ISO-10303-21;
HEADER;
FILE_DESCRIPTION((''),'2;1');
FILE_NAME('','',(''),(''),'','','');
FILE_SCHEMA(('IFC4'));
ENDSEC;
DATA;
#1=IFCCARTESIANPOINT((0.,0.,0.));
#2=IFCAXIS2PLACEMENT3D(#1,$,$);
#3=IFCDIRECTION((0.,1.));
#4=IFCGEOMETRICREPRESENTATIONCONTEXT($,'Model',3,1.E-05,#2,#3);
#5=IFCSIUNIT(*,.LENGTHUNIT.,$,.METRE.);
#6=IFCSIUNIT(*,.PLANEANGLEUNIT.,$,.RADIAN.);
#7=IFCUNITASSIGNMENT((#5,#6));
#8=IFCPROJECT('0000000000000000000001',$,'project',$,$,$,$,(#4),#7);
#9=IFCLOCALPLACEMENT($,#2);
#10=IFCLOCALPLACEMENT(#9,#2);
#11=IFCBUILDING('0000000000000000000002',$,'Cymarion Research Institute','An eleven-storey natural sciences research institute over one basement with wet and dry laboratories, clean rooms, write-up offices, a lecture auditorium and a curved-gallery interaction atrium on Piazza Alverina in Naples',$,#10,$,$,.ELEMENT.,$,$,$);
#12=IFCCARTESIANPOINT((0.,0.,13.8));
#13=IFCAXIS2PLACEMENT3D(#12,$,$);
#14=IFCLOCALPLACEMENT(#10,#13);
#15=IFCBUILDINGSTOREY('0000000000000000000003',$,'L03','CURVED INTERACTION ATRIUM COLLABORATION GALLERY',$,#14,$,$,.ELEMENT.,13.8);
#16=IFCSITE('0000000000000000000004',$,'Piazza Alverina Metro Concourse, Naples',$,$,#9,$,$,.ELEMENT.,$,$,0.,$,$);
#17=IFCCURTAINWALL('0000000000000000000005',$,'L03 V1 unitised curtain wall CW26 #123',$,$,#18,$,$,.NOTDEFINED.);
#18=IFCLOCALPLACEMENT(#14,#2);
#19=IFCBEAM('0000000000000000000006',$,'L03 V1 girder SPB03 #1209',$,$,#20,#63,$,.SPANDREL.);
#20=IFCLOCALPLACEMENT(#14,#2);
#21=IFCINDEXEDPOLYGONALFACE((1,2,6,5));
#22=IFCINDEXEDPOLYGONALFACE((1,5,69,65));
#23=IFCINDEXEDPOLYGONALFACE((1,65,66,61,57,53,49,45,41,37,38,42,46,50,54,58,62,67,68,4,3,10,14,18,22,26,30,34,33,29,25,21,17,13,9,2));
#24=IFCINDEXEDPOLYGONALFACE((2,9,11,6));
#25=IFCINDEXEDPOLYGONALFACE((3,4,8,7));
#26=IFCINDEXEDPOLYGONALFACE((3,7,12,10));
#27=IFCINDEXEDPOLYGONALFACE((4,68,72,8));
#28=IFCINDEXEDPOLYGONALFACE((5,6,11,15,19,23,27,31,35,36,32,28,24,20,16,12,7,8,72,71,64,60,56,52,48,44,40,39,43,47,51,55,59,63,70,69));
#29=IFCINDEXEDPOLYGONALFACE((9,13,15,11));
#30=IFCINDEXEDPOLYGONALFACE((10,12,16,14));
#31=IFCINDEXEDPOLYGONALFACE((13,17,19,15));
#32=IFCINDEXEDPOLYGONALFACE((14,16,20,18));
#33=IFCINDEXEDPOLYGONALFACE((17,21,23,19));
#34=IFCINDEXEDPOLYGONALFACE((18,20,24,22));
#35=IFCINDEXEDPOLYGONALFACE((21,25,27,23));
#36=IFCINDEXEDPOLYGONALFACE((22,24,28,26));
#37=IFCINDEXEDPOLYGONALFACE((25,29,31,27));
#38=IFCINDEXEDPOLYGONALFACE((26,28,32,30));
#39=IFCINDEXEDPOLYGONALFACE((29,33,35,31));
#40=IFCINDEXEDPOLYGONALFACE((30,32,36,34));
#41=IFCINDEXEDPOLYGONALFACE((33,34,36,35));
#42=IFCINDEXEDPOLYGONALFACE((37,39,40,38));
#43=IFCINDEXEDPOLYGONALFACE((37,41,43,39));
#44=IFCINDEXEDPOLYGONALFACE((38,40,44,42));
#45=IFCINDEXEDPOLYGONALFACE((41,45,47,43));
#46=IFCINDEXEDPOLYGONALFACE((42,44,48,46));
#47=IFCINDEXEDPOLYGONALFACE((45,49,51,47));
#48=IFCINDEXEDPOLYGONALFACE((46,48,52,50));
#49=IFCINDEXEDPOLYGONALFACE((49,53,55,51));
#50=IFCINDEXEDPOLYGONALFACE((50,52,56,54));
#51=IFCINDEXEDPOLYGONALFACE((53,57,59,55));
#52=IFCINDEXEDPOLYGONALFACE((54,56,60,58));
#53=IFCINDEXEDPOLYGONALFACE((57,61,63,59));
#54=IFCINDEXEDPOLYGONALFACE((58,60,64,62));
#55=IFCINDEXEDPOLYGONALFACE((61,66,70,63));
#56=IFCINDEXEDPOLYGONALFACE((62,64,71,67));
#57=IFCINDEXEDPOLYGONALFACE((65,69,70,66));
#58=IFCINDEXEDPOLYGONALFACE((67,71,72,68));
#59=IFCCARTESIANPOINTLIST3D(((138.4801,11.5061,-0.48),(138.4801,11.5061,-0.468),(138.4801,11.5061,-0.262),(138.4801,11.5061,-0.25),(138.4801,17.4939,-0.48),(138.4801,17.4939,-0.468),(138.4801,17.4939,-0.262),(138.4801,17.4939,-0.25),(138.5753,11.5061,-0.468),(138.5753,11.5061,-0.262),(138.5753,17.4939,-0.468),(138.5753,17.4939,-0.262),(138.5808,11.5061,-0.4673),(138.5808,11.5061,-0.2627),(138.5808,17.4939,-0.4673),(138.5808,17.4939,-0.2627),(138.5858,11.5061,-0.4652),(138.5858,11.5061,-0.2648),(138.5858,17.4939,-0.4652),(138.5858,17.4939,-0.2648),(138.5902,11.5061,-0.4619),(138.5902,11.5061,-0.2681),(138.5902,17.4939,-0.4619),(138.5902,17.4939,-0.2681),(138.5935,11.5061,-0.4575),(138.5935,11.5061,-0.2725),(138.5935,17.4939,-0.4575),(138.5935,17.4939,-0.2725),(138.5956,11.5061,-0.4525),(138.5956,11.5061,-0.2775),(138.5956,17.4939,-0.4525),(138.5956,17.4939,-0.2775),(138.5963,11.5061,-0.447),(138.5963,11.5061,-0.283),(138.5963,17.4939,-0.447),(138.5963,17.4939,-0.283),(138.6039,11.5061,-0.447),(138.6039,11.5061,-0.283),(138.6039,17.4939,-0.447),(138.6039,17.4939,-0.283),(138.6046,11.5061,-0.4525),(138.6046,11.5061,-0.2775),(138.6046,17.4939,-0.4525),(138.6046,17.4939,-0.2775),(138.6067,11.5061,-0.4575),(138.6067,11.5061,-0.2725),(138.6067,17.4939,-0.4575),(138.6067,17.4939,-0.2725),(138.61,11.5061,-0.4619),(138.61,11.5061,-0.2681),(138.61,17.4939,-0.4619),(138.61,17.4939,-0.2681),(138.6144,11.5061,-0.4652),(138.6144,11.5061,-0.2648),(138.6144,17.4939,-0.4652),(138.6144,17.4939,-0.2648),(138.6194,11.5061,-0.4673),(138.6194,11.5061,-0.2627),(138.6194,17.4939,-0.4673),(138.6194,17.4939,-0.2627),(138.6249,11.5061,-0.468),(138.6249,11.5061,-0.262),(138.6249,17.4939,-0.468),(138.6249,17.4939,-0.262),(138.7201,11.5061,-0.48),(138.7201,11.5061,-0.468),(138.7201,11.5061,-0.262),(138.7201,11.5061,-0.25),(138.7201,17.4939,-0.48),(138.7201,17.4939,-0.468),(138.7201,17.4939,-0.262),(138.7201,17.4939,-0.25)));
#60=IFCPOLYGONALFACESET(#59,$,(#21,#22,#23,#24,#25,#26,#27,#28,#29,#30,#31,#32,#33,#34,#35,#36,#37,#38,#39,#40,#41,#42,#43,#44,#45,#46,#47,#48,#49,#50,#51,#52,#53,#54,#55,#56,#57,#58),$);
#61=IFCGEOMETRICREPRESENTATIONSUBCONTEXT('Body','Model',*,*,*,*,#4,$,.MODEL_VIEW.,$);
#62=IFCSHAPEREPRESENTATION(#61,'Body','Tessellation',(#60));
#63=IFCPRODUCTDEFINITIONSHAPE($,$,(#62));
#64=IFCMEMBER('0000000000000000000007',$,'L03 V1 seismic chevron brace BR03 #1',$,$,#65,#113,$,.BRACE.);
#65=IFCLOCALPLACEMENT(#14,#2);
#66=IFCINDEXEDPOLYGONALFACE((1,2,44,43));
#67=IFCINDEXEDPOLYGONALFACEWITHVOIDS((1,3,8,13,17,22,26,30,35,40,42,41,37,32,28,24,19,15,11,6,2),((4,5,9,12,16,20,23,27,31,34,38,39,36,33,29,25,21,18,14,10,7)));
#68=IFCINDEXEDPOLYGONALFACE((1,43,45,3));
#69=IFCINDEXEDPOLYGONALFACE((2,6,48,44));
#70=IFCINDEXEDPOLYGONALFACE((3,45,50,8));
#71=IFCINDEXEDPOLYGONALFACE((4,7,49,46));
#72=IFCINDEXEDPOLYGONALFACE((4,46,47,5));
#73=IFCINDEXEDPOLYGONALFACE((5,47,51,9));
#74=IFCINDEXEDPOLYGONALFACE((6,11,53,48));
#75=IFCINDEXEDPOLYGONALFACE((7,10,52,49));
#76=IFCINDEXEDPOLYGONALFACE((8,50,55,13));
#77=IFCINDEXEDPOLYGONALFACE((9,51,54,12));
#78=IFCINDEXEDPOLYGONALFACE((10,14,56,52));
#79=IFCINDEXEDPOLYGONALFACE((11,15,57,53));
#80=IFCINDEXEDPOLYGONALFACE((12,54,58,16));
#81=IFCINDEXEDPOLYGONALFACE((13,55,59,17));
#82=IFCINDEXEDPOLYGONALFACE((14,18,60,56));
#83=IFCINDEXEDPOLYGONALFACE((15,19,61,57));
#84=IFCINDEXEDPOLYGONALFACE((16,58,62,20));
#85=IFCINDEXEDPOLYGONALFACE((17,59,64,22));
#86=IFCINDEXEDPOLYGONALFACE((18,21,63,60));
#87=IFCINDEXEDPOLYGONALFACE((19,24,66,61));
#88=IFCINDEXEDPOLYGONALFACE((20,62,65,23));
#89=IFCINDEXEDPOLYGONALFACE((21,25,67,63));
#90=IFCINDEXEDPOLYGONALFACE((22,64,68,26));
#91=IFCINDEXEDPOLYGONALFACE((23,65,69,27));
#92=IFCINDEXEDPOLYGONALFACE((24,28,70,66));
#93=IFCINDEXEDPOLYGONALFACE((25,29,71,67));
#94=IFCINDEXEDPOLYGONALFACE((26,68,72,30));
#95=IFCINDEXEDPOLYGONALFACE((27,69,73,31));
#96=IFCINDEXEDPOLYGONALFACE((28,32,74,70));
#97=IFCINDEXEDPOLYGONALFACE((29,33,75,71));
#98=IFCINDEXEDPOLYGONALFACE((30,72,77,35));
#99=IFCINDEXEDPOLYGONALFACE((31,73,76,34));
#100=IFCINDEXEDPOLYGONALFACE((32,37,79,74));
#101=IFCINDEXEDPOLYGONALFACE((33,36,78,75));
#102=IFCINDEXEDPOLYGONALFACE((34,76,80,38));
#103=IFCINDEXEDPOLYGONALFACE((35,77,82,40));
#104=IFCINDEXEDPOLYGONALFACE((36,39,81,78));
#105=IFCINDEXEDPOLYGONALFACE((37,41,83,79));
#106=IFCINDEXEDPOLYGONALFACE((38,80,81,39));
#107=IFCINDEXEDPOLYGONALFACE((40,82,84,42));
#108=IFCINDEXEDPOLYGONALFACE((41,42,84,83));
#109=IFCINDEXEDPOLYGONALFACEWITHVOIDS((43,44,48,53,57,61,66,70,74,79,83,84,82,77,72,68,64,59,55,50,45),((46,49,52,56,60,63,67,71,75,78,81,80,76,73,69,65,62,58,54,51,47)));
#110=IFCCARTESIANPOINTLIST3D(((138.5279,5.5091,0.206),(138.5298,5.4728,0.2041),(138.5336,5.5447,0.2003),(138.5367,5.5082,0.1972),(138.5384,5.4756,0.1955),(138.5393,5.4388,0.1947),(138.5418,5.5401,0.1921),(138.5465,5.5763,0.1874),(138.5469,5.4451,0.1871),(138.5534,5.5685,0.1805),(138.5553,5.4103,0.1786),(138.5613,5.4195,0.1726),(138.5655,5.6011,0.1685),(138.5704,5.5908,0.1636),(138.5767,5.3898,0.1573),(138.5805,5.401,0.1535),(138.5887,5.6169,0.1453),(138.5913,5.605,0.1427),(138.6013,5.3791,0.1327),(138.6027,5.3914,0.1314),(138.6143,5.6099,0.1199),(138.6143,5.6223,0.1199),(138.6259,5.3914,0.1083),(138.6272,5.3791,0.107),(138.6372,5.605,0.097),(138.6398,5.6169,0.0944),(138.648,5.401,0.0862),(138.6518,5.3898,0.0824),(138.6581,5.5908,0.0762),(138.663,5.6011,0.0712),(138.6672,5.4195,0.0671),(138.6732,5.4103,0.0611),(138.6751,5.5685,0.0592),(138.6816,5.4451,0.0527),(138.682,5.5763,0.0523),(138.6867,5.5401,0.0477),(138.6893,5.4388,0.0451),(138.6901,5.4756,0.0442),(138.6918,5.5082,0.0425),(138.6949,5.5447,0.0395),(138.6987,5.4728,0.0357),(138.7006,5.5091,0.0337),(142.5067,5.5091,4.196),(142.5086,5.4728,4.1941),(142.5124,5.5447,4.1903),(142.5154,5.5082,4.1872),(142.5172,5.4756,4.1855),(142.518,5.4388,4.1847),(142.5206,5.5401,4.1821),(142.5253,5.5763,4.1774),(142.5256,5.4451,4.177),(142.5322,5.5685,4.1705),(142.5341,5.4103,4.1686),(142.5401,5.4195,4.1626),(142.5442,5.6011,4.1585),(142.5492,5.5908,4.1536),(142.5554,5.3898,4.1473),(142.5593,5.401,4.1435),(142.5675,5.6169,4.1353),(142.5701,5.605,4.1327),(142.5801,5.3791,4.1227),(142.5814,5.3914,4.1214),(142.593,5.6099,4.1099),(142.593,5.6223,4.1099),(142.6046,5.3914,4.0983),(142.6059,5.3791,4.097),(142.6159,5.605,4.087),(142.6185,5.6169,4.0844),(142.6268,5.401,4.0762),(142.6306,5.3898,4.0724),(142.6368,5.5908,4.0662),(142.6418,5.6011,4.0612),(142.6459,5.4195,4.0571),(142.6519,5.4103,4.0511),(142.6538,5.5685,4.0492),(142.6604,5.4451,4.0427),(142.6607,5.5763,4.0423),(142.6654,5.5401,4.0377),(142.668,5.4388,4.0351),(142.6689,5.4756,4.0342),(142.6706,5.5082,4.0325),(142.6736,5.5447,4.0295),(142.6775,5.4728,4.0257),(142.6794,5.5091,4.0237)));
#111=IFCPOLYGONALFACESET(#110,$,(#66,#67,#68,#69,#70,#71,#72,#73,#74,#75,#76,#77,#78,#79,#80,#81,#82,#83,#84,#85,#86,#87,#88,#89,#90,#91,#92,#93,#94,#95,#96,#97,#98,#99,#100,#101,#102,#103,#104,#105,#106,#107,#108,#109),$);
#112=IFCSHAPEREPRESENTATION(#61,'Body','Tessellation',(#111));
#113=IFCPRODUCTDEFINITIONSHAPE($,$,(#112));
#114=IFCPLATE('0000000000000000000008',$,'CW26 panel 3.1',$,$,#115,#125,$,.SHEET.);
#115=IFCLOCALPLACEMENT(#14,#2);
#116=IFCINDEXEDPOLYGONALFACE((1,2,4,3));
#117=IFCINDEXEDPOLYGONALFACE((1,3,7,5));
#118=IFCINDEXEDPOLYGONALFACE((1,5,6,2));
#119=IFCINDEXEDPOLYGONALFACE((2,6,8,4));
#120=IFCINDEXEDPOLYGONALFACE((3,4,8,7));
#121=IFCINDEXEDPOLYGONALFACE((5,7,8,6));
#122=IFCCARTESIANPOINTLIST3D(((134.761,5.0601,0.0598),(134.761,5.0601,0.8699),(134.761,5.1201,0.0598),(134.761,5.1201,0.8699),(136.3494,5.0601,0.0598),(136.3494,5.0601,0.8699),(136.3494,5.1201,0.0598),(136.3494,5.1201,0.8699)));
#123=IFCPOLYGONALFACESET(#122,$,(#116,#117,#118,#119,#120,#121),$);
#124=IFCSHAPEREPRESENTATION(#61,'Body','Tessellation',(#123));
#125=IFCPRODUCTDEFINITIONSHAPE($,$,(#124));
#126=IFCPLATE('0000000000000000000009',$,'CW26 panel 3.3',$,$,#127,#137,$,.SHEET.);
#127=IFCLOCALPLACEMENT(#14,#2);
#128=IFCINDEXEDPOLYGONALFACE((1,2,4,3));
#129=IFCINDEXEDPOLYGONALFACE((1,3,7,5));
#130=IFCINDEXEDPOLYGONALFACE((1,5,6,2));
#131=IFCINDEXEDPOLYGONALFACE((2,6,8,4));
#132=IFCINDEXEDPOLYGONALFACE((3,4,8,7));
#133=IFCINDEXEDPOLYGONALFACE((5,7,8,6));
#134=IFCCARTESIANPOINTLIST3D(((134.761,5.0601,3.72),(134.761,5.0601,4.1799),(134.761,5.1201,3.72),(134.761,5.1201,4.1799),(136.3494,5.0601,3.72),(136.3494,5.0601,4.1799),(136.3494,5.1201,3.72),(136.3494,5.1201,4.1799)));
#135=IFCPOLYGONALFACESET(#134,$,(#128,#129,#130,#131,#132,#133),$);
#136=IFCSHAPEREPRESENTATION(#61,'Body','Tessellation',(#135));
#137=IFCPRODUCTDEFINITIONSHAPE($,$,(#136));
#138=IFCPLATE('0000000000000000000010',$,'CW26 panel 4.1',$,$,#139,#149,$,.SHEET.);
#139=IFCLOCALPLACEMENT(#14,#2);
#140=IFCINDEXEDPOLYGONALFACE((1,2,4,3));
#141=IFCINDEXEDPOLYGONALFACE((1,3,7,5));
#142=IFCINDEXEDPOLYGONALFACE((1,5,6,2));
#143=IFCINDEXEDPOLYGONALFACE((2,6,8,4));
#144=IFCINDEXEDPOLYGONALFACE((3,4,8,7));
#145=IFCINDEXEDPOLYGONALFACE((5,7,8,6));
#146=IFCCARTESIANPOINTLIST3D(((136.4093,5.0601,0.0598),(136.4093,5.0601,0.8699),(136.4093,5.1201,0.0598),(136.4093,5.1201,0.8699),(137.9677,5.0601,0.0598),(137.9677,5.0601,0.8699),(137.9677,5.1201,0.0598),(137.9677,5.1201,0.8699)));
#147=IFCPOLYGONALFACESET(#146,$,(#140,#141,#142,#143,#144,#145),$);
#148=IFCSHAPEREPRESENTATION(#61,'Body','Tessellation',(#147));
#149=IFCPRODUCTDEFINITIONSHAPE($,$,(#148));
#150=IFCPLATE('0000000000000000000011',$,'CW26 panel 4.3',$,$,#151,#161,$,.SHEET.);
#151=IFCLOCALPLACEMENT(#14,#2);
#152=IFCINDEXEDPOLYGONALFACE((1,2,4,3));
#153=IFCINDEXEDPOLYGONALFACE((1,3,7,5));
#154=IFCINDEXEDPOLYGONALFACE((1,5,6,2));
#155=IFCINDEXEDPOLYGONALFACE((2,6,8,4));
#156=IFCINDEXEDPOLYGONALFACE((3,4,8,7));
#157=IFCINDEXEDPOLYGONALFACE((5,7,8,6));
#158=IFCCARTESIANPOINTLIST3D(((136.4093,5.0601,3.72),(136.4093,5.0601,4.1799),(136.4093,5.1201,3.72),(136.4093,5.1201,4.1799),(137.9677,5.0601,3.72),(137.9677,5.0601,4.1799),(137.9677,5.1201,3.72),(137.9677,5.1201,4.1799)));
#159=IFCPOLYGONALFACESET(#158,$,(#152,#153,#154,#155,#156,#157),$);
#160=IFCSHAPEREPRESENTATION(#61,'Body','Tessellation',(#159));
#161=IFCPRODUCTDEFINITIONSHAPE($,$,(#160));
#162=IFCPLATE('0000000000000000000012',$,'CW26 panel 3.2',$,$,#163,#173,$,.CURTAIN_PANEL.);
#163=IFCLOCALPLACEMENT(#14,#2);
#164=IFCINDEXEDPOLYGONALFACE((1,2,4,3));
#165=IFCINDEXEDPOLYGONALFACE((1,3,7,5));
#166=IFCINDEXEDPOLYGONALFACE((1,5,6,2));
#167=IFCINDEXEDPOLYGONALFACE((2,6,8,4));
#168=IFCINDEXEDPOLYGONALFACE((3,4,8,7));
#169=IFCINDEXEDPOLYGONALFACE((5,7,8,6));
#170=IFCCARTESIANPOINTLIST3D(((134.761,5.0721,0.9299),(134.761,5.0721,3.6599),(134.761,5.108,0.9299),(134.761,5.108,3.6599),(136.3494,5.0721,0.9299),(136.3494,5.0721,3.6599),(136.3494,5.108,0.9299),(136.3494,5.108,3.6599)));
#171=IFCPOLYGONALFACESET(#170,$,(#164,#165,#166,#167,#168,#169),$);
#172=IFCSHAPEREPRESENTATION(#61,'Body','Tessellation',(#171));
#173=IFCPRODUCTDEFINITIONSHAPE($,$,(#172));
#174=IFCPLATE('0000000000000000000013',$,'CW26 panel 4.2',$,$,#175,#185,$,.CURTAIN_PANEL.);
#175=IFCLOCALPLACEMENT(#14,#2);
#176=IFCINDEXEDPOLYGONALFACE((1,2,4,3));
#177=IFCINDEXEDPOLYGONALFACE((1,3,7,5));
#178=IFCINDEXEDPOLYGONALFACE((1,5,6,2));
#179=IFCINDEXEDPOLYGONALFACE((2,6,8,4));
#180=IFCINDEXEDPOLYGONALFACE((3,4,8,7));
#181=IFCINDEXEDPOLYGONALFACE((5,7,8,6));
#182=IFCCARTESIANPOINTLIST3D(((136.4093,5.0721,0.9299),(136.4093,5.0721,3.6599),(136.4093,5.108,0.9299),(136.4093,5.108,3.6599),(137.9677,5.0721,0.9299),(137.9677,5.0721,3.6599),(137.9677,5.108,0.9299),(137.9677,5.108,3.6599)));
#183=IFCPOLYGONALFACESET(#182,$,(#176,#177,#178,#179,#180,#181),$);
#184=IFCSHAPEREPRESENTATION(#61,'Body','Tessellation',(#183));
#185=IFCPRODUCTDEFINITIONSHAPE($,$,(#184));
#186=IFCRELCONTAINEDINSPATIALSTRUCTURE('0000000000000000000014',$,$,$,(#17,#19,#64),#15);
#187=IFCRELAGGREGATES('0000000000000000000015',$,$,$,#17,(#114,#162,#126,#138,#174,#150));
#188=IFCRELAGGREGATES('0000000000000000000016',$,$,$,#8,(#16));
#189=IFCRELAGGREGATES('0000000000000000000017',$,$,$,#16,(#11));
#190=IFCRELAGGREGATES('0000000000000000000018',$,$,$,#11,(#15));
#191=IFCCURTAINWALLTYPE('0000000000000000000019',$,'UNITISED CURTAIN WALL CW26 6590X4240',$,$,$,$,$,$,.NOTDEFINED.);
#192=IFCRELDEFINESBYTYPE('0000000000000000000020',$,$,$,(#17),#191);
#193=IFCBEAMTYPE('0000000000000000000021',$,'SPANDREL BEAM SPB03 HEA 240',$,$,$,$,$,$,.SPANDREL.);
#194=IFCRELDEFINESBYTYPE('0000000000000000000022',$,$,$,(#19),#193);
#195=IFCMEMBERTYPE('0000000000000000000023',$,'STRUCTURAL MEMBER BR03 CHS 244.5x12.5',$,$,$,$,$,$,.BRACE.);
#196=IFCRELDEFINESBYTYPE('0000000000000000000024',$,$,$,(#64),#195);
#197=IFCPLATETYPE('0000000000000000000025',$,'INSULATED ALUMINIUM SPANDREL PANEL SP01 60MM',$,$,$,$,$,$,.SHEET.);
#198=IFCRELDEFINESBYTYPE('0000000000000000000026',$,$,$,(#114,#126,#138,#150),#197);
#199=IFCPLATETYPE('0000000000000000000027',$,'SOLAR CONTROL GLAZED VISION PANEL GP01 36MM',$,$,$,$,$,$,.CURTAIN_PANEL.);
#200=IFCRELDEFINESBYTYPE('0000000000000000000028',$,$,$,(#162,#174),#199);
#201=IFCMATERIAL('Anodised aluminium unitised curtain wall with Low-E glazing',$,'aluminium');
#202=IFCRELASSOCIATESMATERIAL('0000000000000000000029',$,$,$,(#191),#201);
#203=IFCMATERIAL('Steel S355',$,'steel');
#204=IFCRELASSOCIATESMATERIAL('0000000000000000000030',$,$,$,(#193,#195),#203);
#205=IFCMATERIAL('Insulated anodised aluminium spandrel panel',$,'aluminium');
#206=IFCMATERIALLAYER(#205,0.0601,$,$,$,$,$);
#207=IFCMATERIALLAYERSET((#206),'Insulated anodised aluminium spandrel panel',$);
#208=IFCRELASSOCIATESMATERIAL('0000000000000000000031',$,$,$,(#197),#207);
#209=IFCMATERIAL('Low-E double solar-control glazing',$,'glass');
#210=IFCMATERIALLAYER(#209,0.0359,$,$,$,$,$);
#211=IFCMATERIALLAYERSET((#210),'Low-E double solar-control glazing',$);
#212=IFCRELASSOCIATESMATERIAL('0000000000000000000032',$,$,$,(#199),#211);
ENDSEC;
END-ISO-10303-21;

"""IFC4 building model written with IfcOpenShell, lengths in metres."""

from ifc_helpers import new_model, si_unit, direction, frame, origin, origin_2d, place, context, subcontext, project, spatial, rectangle, hollow_circle, i_section, extrude, material, layer, layer_set, material_profile, profile_set, type_object, element, aggregate, save


model = new_model("IFC4")

# Units and contexts
model_context = context("Model", 3, precision=1e-05, world=origin(), true_north=direction((0.0, 1.0)))
body_context = subcontext(model_context, "Body", "Model", "MODEL_VIEW")
ifc_project = project(units=[si_unit("LENGTHUNIT", "METRE"), si_unit("PLANEANGLEUNIT", "RADIAN")], contexts=[model_context])

# Site, building, storey
site_placement = place(None, origin())
site = spatial("IfcSite", under=ifc_project, at=site_placement, Name="Piazza Alverina Metro Concourse, Naples", CompositionType="ELEMENT", RefElevation=0.0)
building_placement = place(site_placement, origin())
building = spatial("IfcBuilding", under=site, at=building_placement, Name="Cymarion Research Institute", Description="An eleven-storey natural sciences research institute over one basement with wet and dry laboratories, clean rooms, write-up offices, a lecture auditorium and a curved-gallery interaction atrium on Piazza Alverina in Naples", CompositionType="ELEMENT")
storey_placement = place(building_placement, frame((0.0, 0.0, 13.8)))
storey = spatial("IfcBuildingStorey", under=building, at=storey_placement, Name="L03", Description="CURVED INTERACTION ATRIUM COLLABORATION GALLERY", CompositionType="ELEMENT", Elevation=13.8)

# Shared definitions
ifc_material_1 = material(Name="Steel S355", Category="steel")

# Curtain wall
ifc_material_2 = material(Name="Anodised aluminium unitised curtain wall with Low-E glazing", Category="aluminium")
curtain_wall_type = type_object("IfcCurtainWallType", Name="UNITISED CURTAIN WALL CW26 6590X4240", PredefinedType="NOTDEFINED", material=ifc_material_2)
curtain_wall_placement = place(storey_placement, origin())
curtain_wall = element("IfcCurtainWall", 1, at=curtain_wall_placement, inside=storey, type_object=curtain_wall_type, Name="L03 V1 unitised curtain wall CW26 #123", PredefinedType="NOTDEFINED")

# Beam
ifc_material_profile_1 = material_profile(ifc_material_1, i_section(OverallWidth=0.24, OverallDepth=0.23, WebThickness=0.0076, FlangeThickness=0.012, FilletRadius=0.021, at=origin_2d()), Name="HEA 240")
ifc_profile_set_1 = profile_set([ifc_material_profile_1], Name="Steel S355")
beam_type_1 = type_object("IfcBeamType", Name="SPANDREL BEAM SPB03 HEA 240", PredefinedType="SPANDREL", material=ifc_profile_set_1)
for number, where, z_axis, x_axis, name in (
    (2, (138.6001, 11.5061, -0.365), (0.0, 1.0, 0.0), (-1.0, 0.0, 0.0), "L03 V1 girder SPB03 #1209"),
):
    element("IfcBeam", number, at=place(storey_placement, frame(where, z_axis=z_axis, x_axis=x_axis)), inside=storey, type_object=beam_type_1, Name=name, PredefinedType="SPANDREL", context=body_context, shape_type="SweptSolid", body=[
        extrude(i_section(OverallWidth=0.24, OverallDepth=0.23, WebThickness=0.0076, FlangeThickness=0.012, FilletRadius=0.021, at=origin_2d()), origin(), (0.0, 0.0, 1.0), 5.9878),
    ])

# Member
ifc_material_profile_2 = material_profile(ifc_material_1, hollow_circle(Radius=0.1223, WallThickness=0.0125, at=origin_2d()), Name="CHS 244.5x12.5")
ifc_profile_set_2 = profile_set([ifc_material_profile_2], Name="Steel S355")
member_type_1 = type_object("IfcMemberType", Name="STRUCTURAL MEMBER BR03 CHS 244.5x12.5", PredefinedType="BRACE", material=ifc_profile_set_2)
member_1_placement = place(storey_placement, frame((138.6143, 5.5, 0.1199), z_axis=(0.70611, 0.0, 0.708103), x_axis=(0.0, 1.0, 0.0)))
element("IfcMember", 3, at=member_1_placement, inside=storey, type_object=member_type_1, Name="L03 V1 seismic chevron brace BR03 #1", PredefinedType="BRACE", context=body_context, shape_type="SweptSolid", body=[
    extrude(hollow_circle(Radius=0.1223, WallThickness=0.0125, at=origin_2d()), origin(), (0.0, 0.0, 1.0), 5.6348),
])

# Plates
ifc_material_3 = material(Name="Insulated anodised aluminium spandrel panel", Category="aluminium")
ifc_layer_1 = layer(ifc_material_3, 0.0601)
ifc_layer_set_1 = layer_set([ifc_layer_1], Name="Insulated anodised aluminium spandrel panel")
plate_type_1 = type_object("IfcPlateType", Name="INSULATED ALUMINIUM SPANDREL PANEL SP01 60MM", PredefinedType="SHEET", material=ifc_layer_set_1)
plate_1_placement = place(storey_placement, frame((135.5552, 5.0901, 0.0598), z_axis=(0.0, 0.0, 1.0), x_axis=(1.0, 0.0, 0.0)))
plate_1 = element("IfcPlate", 4, at=plate_1_placement, type_object=plate_type_1, Name="CW26 panel 3.1", PredefinedType="SHEET", context=body_context, shape_type="SweptSolid", body=[
    extrude(rectangle(XDim=1.5884, YDim=0.0601, at=origin_2d()), origin(), (0.0, 0.0, 1.0), 0.8101),
])
plate_2_placement = place(storey_placement, frame((135.5552, 5.0901, 3.72), z_axis=(0.0, 0.0, 1.0), x_axis=(1.0, 0.0, 0.0)))
plate_2 = element("IfcPlate", 5, at=plate_2_placement, type_object=plate_type_1, Name="CW26 panel 3.3", PredefinedType="SHEET", context=body_context, shape_type="SweptSolid", body=[
    extrude(rectangle(XDim=1.5884, YDim=0.0601, at=origin_2d()), origin(), (0.0, 0.0, 1.0), 0.46),
])
plate_3_placement = place(storey_placement, frame((137.1885, 5.0901, 0.0598), z_axis=(0.0, 0.0, 1.0), x_axis=(1.0, 0.0, 0.0)))
plate_3 = element("IfcPlate", 6, at=plate_3_placement, type_object=plate_type_1, Name="CW26 panel 4.1", PredefinedType="SHEET", context=body_context, shape_type="SweptSolid", body=[
    extrude(rectangle(XDim=1.5583, YDim=0.0601, at=origin_2d()), origin(), (0.0, 0.0, 1.0), 0.8101),
])
plate_4_placement = place(storey_placement, frame((137.1885, 5.0901, 3.72), z_axis=(0.0, 0.0, 1.0), x_axis=(1.0, 0.0, 0.0)))
plate_4 = element("IfcPlate", 7, at=plate_4_placement, type_object=plate_type_1, Name="CW26 panel 4.3", PredefinedType="SHEET", context=body_context, shape_type="SweptSolid", body=[
    extrude(rectangle(XDim=1.5583, YDim=0.0601, at=origin_2d()), origin(), (0.0, 0.0, 1.0), 0.46),
])
ifc_material_4 = material(Name="Low-E double solar-control glazing", Category="glass")
ifc_layer_2 = layer(ifc_material_4, 0.0359)
ifc_layer_set_2 = layer_set([ifc_layer_2], Name="Low-E double solar-control glazing")
plate_type_2 = type_object("IfcPlateType", Name="SOLAR CONTROL GLAZED VISION PANEL GP01 36MM", PredefinedType="CURTAIN_PANEL", material=ifc_layer_set_2)
plate_5_placement = place(storey_placement, frame((135.5552, 5.0901, 0.9299), z_axis=(0.0, 0.0, 1.0), x_axis=(1.0, 0.0, 0.0)))
plate_5 = element("IfcPlate", 8, at=plate_5_placement, type_object=plate_type_2, Name="CW26 panel 3.2", PredefinedType="CURTAIN_PANEL", context=body_context, shape_type="SweptSolid", body=[
    extrude(rectangle(XDim=1.5884, YDim=0.0359, at=origin_2d()), origin(), (0.0, 0.0, 1.0), 2.73),
])
plate_6_placement = place(storey_placement, frame((137.1885, 5.0901, 0.9299), z_axis=(0.0, 0.0, 1.0), x_axis=(1.0, 0.0, 0.0)))
plate_6 = element("IfcPlate", 9, at=plate_6_placement, type_object=plate_type_2, Name="CW26 panel 4.2", PredefinedType="CURTAIN_PANEL", context=body_context, shape_type="SweptSolid", body=[
    extrude(rectangle(XDim=1.5583, YDim=0.0359, at=origin_2d()), origin(), (0.0, 0.0, 1.0), 2.73),
])
aggregate(curtain_wall, [plate_1, plate_5, plate_2, plate_3, plate_6, plate_4])

save(model, "model.ifc")
